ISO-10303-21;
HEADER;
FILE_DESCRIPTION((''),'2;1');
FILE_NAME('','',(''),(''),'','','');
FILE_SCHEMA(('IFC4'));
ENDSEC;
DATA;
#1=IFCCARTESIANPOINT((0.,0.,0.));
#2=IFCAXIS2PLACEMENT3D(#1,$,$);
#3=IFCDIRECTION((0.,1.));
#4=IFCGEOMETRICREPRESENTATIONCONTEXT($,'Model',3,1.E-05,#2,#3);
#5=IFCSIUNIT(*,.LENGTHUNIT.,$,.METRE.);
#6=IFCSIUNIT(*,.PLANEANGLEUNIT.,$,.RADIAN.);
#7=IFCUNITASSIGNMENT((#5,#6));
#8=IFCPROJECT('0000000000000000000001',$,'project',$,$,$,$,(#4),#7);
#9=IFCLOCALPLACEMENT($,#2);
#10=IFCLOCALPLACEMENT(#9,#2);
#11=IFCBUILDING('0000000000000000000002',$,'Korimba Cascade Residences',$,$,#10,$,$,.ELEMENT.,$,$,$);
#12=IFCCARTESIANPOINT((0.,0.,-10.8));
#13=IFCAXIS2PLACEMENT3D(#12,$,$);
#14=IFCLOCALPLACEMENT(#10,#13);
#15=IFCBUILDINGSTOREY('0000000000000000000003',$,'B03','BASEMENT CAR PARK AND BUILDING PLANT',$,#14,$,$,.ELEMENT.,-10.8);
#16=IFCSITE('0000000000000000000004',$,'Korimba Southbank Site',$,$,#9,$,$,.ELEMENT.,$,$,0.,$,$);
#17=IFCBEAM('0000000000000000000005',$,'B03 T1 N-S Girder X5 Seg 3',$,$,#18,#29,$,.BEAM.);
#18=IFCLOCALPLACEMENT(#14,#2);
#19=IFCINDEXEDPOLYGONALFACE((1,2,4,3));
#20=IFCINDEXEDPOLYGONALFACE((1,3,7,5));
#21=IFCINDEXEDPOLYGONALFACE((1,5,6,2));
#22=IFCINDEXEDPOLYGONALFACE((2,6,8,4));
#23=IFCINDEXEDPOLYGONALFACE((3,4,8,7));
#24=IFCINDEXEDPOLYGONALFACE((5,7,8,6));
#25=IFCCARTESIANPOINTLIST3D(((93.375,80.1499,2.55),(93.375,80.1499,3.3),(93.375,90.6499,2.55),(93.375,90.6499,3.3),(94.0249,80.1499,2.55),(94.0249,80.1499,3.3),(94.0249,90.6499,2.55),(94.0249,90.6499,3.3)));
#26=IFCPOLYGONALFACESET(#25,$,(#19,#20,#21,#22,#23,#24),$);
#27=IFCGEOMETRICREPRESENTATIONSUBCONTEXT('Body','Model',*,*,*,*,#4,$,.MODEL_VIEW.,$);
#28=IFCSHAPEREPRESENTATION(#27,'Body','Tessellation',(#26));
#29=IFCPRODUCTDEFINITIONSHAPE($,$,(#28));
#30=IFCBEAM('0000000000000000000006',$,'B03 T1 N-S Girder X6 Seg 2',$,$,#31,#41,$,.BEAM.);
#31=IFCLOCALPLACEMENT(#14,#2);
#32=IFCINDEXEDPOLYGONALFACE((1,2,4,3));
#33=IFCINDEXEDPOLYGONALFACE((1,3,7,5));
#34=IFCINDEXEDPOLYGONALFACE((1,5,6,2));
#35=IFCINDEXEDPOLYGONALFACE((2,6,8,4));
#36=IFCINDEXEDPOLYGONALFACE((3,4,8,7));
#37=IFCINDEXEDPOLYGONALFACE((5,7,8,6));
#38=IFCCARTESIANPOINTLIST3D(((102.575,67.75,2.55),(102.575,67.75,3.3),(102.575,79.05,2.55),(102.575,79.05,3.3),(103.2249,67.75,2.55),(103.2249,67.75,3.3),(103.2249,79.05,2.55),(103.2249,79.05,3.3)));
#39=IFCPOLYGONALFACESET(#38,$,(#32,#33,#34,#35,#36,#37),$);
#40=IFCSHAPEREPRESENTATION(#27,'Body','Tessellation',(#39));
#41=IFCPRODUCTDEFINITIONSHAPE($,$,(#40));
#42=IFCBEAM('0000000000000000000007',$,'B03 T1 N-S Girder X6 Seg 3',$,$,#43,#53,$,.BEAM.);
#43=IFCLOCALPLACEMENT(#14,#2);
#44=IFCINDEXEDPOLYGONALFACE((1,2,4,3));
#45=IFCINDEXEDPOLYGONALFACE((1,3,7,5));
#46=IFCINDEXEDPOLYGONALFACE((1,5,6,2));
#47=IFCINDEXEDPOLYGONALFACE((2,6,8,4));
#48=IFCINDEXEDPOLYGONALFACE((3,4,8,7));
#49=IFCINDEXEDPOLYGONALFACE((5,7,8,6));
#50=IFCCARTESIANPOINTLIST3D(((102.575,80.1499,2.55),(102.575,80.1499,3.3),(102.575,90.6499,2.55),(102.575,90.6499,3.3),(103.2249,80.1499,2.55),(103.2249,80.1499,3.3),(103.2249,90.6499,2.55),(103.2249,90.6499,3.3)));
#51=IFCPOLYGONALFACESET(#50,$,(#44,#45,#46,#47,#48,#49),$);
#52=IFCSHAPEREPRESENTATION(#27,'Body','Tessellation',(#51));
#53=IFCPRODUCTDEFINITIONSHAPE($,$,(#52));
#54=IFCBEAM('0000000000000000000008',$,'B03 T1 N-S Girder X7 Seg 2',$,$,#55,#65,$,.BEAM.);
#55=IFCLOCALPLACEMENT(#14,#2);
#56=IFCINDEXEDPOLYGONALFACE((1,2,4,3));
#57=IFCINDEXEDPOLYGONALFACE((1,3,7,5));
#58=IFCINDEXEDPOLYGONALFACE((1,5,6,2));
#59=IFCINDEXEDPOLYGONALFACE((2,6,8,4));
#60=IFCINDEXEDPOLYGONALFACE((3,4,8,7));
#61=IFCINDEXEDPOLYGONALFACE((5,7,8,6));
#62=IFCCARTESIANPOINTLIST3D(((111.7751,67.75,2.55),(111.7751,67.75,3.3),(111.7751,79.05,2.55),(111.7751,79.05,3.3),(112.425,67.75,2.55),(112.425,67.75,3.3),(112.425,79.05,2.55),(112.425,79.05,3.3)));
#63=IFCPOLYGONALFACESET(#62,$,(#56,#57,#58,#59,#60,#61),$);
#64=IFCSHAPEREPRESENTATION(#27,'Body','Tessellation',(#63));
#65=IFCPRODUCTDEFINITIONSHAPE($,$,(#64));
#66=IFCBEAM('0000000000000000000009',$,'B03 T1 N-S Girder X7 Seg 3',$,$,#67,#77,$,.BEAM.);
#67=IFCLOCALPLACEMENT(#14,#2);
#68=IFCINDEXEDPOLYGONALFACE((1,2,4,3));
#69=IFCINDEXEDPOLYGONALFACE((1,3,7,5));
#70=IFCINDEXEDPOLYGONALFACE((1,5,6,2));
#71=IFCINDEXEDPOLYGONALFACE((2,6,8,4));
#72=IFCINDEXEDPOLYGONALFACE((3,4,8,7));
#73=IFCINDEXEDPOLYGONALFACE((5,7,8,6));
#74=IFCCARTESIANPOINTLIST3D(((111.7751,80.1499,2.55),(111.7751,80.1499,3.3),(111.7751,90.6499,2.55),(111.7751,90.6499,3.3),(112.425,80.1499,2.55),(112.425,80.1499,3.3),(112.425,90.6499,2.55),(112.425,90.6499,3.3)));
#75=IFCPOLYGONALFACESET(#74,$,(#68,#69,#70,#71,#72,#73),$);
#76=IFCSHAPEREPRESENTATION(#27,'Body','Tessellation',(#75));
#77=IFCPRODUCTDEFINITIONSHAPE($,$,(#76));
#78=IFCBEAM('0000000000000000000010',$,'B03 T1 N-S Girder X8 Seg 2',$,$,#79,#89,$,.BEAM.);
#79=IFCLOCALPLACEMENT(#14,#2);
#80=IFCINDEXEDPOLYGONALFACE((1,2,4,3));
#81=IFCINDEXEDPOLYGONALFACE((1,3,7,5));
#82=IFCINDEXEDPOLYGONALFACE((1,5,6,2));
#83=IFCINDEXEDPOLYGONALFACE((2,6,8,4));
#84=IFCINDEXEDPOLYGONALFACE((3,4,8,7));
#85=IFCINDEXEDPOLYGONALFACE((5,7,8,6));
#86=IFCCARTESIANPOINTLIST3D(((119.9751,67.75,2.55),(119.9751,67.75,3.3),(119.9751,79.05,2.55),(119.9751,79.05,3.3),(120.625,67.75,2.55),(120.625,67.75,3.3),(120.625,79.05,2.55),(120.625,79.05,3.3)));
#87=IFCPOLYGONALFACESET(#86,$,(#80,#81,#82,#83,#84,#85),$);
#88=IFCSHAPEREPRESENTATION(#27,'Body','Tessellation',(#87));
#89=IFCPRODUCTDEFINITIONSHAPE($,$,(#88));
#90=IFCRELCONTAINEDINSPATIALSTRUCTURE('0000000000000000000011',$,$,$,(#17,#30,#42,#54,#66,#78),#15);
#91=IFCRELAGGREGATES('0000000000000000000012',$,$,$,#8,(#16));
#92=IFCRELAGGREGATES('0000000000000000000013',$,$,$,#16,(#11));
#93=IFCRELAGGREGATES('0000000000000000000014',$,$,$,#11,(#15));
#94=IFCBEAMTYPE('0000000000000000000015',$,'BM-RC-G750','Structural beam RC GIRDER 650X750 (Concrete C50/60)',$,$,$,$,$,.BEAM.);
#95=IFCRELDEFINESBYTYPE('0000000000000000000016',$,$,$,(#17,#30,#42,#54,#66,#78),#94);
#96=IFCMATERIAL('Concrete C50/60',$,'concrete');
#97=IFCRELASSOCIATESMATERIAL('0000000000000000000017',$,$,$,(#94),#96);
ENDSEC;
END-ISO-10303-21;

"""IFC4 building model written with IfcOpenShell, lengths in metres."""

from ifc_helpers import new_model, si_unit, direction, frame, origin, origin_2d, place, context, subcontext, project, spatial, rectangle, extrude, material, material_profile, profile_set, type_object, element, save


model = new_model("IFC4")

# Units and contexts
model_context = context("Model", 3, precision=1e-05, world=origin(), true_north=direction((0.0, 1.0)))
body_context = subcontext(model_context, "Body", "Model", "MODEL_VIEW")
ifc_project = project(units=[si_unit("LENGTHUNIT", "METRE"), si_unit("PLANEANGLEUNIT", "RADIAN")], contexts=[model_context])

# Site, building, storey
site_placement = place(None, origin())
site = spatial("IfcSite", under=ifc_project, at=site_placement, Name="Korimba Southbank Site", CompositionType="ELEMENT", RefElevation=0.0)
building_placement = place(site_placement, origin())
building = spatial("IfcBuilding", under=site, at=building_placement, Name="Korimba Cascade Residences", CompositionType="ELEMENT")
storey_placement = place(building_placement, frame((0.0, 0.0, -10.8)))
storey = spatial("IfcBuildingStorey", under=building, at=storey_placement, Name="B03", Description="BASEMENT CAR PARK AND BUILDING PLANT", CompositionType="ELEMENT", Elevation=-10.8)

# Shared definitions
ifc_material_1 = material(Name="Concrete C50/60", Category="concrete")

# Beams
ifc_material_profile_1 = material_profile(ifc_material_1, rectangle(XDim=0.6499, YDim=0.75, at=origin_2d()), Name="Concrete C50/60")
ifc_profile_set_1 = profile_set([ifc_material_profile_1], Name="Concrete C50/60")
beam_type_1 = type_object("IfcBeamType", Name="BM-RC-G750", Description="Structural beam RC GIRDER 650X750 (Concrete C50/60)", PredefinedType="BEAM", material=ifc_profile_set_1)
beam_1_placement = place(storey_placement, frame((93.7, 80.1499, 2.925), z_axis=(0.0, 1.0, 0.0), x_axis=(-1.0, 0.0, 0.0)))
element("IfcBeam", 1, at=beam_1_placement, inside=storey, type_object=beam_type_1, Name="B03 T1 N-S Girder X5 Seg 3", PredefinedType="BEAM", context=body_context, shape_type="SweptSolid", body=[
    extrude(rectangle(XDim=0.6499, YDim=0.75, at=origin_2d()), origin(), (0.0, 0.0, 1.0), 10.5),
])
beam_2_placement = place(storey_placement, frame((102.8999, 67.75, 2.925), z_axis=(0.0, 1.0, 0.0), x_axis=(-1.0, 0.0, 0.0)))
element("IfcBeam", 2, at=beam_2_placement, inside=storey, type_object=beam_type_1, Name="B03 T1 N-S Girder X6 Seg 2", PredefinedType="BEAM", context=body_context, shape_type="SweptSolid", body=[
    extrude(rectangle(XDim=0.6499, YDim=0.75, at=origin_2d()), origin(), (0.0, 0.0, 1.0), 11.3),
])
beam_3_placement = place(storey_placement, frame((102.8999, 80.1499, 2.925), z_axis=(0.0, 1.0, 0.0), x_axis=(-1.0, 0.0, 0.0)))
element("IfcBeam", 3, at=beam_3_placement, inside=storey, type_object=beam_type_1, Name="B03 T1 N-S Girder X6 Seg 3", PredefinedType="BEAM", context=body_context, shape_type="SweptSolid", body=[
    extrude(rectangle(XDim=0.6499, YDim=0.75, at=origin_2d()), origin(), (0.0, 0.0, 1.0), 10.5),
])
beam_4_placement = place(storey_placement, frame((112.1001, 67.75, 2.925), z_axis=(0.0, 1.0, 0.0), x_axis=(-1.0, 0.0, 0.0)))
element("IfcBeam", 4, at=beam_4_placement, inside=storey, type_object=beam_type_1, Name="B03 T1 N-S Girder X7 Seg 2", PredefinedType="BEAM", context=body_context, shape_type="SweptSolid", body=[
    extrude(rectangle(XDim=0.6499, YDim=0.75, at=origin_2d()), origin(), (0.0, 0.0, 1.0), 11.3),
])
beam_5_placement = place(storey_placement, frame((112.1001, 80.1499, 2.925), z_axis=(0.0, 1.0, 0.0), x_axis=(-1.0, 0.0, 0.0)))
element("IfcBeam", 5, at=beam_5_placement, inside=storey, type_object=beam_type_1, Name="B03 T1 N-S Girder X7 Seg 3", PredefinedType="BEAM", context=body_context, shape_type="SweptSolid", body=[
    extrude(rectangle(XDim=0.6499, YDim=0.75, at=origin_2d()), origin(), (0.0, 0.0, 1.0), 10.5),
])
beam_6_placement = place(storey_placement, frame((120.3, 67.75, 2.925), z_axis=(0.0, 1.0, 0.0), x_axis=(-1.0, 0.0, 0.0)))
element("IfcBeam", 6, at=beam_6_placement, inside=storey, type_object=beam_type_1, Name="B03 T1 N-S Girder X8 Seg 2", PredefinedType="BEAM", context=body_context, shape_type="SweptSolid", body=[
    extrude(rectangle(XDim=0.6499, YDim=0.75, at=origin_2d()), origin(), (0.0, 0.0, 1.0), 11.3),
])

save(model, "model.ifc")
